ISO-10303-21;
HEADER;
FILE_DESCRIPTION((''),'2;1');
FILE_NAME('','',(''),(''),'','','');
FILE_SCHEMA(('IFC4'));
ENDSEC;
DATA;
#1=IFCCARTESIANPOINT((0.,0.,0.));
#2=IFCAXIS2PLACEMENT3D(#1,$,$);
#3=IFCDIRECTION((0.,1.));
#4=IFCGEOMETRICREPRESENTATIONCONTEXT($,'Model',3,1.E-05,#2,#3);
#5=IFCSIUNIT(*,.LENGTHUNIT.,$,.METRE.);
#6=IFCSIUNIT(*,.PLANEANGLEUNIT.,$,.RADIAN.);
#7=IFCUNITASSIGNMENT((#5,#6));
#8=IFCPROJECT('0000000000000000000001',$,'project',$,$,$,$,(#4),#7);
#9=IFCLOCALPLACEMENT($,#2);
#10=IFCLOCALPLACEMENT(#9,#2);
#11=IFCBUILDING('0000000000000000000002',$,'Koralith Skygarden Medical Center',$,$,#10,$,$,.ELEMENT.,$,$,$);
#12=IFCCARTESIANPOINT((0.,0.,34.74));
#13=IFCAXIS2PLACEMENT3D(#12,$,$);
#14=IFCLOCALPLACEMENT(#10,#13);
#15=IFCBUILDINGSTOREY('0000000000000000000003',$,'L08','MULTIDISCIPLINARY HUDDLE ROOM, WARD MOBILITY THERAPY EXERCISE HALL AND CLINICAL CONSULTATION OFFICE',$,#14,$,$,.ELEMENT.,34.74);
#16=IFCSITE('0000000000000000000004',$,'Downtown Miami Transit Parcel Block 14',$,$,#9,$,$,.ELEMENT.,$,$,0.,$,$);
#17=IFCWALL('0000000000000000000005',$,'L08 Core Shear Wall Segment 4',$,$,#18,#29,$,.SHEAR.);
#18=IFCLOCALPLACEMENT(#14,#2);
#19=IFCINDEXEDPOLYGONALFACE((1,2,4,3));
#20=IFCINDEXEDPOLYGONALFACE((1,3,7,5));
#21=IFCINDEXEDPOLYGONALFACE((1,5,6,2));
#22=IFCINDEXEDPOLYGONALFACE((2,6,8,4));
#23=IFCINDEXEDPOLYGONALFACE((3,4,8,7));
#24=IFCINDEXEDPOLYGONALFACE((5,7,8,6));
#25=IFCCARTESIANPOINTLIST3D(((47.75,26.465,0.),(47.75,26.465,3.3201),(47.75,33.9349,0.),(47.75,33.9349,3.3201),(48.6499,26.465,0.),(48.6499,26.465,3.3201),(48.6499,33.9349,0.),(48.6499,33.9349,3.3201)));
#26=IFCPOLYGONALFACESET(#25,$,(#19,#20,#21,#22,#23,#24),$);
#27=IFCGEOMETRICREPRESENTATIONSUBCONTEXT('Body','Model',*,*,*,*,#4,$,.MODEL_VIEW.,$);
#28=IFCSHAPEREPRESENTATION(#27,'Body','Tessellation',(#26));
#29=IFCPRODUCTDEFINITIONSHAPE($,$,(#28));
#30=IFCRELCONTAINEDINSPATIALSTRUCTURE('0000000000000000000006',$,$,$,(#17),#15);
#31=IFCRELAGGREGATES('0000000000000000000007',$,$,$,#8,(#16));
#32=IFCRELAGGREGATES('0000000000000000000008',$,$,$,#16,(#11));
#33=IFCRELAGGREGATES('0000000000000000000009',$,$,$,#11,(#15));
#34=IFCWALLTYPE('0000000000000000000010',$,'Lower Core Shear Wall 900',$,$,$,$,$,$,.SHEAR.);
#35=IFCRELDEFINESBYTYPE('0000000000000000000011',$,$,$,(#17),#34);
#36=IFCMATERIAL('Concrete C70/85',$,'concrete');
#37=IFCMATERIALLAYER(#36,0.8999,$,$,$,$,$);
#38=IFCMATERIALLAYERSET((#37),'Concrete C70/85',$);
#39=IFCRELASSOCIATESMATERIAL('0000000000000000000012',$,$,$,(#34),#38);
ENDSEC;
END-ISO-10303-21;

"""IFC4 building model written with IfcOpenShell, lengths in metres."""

from ifc_helpers import new_model, si_unit, direction, frame, frame_2d, origin, place, context, subcontext, project, spatial, rectangle, extrude, material, layer, layer_set, type_object, element, save


model = new_model("IFC4")

# Units and contexts
model_context = context("Model", 3, precision=1e-05, world=origin(), true_north=direction((0.0, 1.0)))
body_context = subcontext(model_context, "Body", "Model", "MODEL_VIEW")
ifc_project = project(units=[si_unit("LENGTHUNIT", "METRE"), si_unit("PLANEANGLEUNIT", "RADIAN")], contexts=[model_context])

# Site, building, storey
site_placement = place(None, origin())
site = spatial("IfcSite", under=ifc_project, at=site_placement, Name="Downtown Miami Transit Parcel Block 14", CompositionType="ELEMENT", RefElevation=0.0)
building_placement = place(site_placement, origin())
building = spatial("IfcBuilding", under=site, at=building_placement, Name="Koralith Skygarden Medical Center", CompositionType="ELEMENT")
storey_placement = place(building_placement, frame((0.0, 0.0, 34.74)))
storey = spatial("IfcBuildingStorey", under=building, at=storey_placement, Name="L08", Description="MULTIDISCIPLINARY HUDDLE ROOM, WARD MOBILITY THERAPY EXERCISE HALL AND CLINICAL CONSULTATION OFFICE", CompositionType="ELEMENT", Elevation=34.74)

# Shared definitions
ifc_material_1 = material(Name="Concrete C70/85", Category="concrete")

# Wall
ifc_layer_1 = layer(ifc_material_1, 0.8999)
ifc_layer_set_1 = layer_set([ifc_layer_1], Name="Concrete C70/85")
wall_type_1 = type_object("IfcWallType", Name="Lower Core Shear Wall 900", PredefinedType="SHEAR", material=ifc_layer_set_1)
wall_1_placement = place(storey_placement, frame((48.2, 26.4651, 0.0), z_axis=(0.0, 0.0, 1.0), x_axis=(0.0, 1.0, 0.0)))
element("IfcWall", 1, at=wall_1_placement, inside=storey, type_object=wall_type_1, Name="L08 Core Shear Wall Segment 4", PredefinedType="SHEAR", context=body_context, shape_type="SweptSolid", body=[
    extrude(rectangle(XDim=7.47, YDim=0.8999, at=frame_2d((3.7349, 0.0))), origin(), (0.0, 0.0, 1.0), 3.3201),
])

save(model, "model.ifc")
